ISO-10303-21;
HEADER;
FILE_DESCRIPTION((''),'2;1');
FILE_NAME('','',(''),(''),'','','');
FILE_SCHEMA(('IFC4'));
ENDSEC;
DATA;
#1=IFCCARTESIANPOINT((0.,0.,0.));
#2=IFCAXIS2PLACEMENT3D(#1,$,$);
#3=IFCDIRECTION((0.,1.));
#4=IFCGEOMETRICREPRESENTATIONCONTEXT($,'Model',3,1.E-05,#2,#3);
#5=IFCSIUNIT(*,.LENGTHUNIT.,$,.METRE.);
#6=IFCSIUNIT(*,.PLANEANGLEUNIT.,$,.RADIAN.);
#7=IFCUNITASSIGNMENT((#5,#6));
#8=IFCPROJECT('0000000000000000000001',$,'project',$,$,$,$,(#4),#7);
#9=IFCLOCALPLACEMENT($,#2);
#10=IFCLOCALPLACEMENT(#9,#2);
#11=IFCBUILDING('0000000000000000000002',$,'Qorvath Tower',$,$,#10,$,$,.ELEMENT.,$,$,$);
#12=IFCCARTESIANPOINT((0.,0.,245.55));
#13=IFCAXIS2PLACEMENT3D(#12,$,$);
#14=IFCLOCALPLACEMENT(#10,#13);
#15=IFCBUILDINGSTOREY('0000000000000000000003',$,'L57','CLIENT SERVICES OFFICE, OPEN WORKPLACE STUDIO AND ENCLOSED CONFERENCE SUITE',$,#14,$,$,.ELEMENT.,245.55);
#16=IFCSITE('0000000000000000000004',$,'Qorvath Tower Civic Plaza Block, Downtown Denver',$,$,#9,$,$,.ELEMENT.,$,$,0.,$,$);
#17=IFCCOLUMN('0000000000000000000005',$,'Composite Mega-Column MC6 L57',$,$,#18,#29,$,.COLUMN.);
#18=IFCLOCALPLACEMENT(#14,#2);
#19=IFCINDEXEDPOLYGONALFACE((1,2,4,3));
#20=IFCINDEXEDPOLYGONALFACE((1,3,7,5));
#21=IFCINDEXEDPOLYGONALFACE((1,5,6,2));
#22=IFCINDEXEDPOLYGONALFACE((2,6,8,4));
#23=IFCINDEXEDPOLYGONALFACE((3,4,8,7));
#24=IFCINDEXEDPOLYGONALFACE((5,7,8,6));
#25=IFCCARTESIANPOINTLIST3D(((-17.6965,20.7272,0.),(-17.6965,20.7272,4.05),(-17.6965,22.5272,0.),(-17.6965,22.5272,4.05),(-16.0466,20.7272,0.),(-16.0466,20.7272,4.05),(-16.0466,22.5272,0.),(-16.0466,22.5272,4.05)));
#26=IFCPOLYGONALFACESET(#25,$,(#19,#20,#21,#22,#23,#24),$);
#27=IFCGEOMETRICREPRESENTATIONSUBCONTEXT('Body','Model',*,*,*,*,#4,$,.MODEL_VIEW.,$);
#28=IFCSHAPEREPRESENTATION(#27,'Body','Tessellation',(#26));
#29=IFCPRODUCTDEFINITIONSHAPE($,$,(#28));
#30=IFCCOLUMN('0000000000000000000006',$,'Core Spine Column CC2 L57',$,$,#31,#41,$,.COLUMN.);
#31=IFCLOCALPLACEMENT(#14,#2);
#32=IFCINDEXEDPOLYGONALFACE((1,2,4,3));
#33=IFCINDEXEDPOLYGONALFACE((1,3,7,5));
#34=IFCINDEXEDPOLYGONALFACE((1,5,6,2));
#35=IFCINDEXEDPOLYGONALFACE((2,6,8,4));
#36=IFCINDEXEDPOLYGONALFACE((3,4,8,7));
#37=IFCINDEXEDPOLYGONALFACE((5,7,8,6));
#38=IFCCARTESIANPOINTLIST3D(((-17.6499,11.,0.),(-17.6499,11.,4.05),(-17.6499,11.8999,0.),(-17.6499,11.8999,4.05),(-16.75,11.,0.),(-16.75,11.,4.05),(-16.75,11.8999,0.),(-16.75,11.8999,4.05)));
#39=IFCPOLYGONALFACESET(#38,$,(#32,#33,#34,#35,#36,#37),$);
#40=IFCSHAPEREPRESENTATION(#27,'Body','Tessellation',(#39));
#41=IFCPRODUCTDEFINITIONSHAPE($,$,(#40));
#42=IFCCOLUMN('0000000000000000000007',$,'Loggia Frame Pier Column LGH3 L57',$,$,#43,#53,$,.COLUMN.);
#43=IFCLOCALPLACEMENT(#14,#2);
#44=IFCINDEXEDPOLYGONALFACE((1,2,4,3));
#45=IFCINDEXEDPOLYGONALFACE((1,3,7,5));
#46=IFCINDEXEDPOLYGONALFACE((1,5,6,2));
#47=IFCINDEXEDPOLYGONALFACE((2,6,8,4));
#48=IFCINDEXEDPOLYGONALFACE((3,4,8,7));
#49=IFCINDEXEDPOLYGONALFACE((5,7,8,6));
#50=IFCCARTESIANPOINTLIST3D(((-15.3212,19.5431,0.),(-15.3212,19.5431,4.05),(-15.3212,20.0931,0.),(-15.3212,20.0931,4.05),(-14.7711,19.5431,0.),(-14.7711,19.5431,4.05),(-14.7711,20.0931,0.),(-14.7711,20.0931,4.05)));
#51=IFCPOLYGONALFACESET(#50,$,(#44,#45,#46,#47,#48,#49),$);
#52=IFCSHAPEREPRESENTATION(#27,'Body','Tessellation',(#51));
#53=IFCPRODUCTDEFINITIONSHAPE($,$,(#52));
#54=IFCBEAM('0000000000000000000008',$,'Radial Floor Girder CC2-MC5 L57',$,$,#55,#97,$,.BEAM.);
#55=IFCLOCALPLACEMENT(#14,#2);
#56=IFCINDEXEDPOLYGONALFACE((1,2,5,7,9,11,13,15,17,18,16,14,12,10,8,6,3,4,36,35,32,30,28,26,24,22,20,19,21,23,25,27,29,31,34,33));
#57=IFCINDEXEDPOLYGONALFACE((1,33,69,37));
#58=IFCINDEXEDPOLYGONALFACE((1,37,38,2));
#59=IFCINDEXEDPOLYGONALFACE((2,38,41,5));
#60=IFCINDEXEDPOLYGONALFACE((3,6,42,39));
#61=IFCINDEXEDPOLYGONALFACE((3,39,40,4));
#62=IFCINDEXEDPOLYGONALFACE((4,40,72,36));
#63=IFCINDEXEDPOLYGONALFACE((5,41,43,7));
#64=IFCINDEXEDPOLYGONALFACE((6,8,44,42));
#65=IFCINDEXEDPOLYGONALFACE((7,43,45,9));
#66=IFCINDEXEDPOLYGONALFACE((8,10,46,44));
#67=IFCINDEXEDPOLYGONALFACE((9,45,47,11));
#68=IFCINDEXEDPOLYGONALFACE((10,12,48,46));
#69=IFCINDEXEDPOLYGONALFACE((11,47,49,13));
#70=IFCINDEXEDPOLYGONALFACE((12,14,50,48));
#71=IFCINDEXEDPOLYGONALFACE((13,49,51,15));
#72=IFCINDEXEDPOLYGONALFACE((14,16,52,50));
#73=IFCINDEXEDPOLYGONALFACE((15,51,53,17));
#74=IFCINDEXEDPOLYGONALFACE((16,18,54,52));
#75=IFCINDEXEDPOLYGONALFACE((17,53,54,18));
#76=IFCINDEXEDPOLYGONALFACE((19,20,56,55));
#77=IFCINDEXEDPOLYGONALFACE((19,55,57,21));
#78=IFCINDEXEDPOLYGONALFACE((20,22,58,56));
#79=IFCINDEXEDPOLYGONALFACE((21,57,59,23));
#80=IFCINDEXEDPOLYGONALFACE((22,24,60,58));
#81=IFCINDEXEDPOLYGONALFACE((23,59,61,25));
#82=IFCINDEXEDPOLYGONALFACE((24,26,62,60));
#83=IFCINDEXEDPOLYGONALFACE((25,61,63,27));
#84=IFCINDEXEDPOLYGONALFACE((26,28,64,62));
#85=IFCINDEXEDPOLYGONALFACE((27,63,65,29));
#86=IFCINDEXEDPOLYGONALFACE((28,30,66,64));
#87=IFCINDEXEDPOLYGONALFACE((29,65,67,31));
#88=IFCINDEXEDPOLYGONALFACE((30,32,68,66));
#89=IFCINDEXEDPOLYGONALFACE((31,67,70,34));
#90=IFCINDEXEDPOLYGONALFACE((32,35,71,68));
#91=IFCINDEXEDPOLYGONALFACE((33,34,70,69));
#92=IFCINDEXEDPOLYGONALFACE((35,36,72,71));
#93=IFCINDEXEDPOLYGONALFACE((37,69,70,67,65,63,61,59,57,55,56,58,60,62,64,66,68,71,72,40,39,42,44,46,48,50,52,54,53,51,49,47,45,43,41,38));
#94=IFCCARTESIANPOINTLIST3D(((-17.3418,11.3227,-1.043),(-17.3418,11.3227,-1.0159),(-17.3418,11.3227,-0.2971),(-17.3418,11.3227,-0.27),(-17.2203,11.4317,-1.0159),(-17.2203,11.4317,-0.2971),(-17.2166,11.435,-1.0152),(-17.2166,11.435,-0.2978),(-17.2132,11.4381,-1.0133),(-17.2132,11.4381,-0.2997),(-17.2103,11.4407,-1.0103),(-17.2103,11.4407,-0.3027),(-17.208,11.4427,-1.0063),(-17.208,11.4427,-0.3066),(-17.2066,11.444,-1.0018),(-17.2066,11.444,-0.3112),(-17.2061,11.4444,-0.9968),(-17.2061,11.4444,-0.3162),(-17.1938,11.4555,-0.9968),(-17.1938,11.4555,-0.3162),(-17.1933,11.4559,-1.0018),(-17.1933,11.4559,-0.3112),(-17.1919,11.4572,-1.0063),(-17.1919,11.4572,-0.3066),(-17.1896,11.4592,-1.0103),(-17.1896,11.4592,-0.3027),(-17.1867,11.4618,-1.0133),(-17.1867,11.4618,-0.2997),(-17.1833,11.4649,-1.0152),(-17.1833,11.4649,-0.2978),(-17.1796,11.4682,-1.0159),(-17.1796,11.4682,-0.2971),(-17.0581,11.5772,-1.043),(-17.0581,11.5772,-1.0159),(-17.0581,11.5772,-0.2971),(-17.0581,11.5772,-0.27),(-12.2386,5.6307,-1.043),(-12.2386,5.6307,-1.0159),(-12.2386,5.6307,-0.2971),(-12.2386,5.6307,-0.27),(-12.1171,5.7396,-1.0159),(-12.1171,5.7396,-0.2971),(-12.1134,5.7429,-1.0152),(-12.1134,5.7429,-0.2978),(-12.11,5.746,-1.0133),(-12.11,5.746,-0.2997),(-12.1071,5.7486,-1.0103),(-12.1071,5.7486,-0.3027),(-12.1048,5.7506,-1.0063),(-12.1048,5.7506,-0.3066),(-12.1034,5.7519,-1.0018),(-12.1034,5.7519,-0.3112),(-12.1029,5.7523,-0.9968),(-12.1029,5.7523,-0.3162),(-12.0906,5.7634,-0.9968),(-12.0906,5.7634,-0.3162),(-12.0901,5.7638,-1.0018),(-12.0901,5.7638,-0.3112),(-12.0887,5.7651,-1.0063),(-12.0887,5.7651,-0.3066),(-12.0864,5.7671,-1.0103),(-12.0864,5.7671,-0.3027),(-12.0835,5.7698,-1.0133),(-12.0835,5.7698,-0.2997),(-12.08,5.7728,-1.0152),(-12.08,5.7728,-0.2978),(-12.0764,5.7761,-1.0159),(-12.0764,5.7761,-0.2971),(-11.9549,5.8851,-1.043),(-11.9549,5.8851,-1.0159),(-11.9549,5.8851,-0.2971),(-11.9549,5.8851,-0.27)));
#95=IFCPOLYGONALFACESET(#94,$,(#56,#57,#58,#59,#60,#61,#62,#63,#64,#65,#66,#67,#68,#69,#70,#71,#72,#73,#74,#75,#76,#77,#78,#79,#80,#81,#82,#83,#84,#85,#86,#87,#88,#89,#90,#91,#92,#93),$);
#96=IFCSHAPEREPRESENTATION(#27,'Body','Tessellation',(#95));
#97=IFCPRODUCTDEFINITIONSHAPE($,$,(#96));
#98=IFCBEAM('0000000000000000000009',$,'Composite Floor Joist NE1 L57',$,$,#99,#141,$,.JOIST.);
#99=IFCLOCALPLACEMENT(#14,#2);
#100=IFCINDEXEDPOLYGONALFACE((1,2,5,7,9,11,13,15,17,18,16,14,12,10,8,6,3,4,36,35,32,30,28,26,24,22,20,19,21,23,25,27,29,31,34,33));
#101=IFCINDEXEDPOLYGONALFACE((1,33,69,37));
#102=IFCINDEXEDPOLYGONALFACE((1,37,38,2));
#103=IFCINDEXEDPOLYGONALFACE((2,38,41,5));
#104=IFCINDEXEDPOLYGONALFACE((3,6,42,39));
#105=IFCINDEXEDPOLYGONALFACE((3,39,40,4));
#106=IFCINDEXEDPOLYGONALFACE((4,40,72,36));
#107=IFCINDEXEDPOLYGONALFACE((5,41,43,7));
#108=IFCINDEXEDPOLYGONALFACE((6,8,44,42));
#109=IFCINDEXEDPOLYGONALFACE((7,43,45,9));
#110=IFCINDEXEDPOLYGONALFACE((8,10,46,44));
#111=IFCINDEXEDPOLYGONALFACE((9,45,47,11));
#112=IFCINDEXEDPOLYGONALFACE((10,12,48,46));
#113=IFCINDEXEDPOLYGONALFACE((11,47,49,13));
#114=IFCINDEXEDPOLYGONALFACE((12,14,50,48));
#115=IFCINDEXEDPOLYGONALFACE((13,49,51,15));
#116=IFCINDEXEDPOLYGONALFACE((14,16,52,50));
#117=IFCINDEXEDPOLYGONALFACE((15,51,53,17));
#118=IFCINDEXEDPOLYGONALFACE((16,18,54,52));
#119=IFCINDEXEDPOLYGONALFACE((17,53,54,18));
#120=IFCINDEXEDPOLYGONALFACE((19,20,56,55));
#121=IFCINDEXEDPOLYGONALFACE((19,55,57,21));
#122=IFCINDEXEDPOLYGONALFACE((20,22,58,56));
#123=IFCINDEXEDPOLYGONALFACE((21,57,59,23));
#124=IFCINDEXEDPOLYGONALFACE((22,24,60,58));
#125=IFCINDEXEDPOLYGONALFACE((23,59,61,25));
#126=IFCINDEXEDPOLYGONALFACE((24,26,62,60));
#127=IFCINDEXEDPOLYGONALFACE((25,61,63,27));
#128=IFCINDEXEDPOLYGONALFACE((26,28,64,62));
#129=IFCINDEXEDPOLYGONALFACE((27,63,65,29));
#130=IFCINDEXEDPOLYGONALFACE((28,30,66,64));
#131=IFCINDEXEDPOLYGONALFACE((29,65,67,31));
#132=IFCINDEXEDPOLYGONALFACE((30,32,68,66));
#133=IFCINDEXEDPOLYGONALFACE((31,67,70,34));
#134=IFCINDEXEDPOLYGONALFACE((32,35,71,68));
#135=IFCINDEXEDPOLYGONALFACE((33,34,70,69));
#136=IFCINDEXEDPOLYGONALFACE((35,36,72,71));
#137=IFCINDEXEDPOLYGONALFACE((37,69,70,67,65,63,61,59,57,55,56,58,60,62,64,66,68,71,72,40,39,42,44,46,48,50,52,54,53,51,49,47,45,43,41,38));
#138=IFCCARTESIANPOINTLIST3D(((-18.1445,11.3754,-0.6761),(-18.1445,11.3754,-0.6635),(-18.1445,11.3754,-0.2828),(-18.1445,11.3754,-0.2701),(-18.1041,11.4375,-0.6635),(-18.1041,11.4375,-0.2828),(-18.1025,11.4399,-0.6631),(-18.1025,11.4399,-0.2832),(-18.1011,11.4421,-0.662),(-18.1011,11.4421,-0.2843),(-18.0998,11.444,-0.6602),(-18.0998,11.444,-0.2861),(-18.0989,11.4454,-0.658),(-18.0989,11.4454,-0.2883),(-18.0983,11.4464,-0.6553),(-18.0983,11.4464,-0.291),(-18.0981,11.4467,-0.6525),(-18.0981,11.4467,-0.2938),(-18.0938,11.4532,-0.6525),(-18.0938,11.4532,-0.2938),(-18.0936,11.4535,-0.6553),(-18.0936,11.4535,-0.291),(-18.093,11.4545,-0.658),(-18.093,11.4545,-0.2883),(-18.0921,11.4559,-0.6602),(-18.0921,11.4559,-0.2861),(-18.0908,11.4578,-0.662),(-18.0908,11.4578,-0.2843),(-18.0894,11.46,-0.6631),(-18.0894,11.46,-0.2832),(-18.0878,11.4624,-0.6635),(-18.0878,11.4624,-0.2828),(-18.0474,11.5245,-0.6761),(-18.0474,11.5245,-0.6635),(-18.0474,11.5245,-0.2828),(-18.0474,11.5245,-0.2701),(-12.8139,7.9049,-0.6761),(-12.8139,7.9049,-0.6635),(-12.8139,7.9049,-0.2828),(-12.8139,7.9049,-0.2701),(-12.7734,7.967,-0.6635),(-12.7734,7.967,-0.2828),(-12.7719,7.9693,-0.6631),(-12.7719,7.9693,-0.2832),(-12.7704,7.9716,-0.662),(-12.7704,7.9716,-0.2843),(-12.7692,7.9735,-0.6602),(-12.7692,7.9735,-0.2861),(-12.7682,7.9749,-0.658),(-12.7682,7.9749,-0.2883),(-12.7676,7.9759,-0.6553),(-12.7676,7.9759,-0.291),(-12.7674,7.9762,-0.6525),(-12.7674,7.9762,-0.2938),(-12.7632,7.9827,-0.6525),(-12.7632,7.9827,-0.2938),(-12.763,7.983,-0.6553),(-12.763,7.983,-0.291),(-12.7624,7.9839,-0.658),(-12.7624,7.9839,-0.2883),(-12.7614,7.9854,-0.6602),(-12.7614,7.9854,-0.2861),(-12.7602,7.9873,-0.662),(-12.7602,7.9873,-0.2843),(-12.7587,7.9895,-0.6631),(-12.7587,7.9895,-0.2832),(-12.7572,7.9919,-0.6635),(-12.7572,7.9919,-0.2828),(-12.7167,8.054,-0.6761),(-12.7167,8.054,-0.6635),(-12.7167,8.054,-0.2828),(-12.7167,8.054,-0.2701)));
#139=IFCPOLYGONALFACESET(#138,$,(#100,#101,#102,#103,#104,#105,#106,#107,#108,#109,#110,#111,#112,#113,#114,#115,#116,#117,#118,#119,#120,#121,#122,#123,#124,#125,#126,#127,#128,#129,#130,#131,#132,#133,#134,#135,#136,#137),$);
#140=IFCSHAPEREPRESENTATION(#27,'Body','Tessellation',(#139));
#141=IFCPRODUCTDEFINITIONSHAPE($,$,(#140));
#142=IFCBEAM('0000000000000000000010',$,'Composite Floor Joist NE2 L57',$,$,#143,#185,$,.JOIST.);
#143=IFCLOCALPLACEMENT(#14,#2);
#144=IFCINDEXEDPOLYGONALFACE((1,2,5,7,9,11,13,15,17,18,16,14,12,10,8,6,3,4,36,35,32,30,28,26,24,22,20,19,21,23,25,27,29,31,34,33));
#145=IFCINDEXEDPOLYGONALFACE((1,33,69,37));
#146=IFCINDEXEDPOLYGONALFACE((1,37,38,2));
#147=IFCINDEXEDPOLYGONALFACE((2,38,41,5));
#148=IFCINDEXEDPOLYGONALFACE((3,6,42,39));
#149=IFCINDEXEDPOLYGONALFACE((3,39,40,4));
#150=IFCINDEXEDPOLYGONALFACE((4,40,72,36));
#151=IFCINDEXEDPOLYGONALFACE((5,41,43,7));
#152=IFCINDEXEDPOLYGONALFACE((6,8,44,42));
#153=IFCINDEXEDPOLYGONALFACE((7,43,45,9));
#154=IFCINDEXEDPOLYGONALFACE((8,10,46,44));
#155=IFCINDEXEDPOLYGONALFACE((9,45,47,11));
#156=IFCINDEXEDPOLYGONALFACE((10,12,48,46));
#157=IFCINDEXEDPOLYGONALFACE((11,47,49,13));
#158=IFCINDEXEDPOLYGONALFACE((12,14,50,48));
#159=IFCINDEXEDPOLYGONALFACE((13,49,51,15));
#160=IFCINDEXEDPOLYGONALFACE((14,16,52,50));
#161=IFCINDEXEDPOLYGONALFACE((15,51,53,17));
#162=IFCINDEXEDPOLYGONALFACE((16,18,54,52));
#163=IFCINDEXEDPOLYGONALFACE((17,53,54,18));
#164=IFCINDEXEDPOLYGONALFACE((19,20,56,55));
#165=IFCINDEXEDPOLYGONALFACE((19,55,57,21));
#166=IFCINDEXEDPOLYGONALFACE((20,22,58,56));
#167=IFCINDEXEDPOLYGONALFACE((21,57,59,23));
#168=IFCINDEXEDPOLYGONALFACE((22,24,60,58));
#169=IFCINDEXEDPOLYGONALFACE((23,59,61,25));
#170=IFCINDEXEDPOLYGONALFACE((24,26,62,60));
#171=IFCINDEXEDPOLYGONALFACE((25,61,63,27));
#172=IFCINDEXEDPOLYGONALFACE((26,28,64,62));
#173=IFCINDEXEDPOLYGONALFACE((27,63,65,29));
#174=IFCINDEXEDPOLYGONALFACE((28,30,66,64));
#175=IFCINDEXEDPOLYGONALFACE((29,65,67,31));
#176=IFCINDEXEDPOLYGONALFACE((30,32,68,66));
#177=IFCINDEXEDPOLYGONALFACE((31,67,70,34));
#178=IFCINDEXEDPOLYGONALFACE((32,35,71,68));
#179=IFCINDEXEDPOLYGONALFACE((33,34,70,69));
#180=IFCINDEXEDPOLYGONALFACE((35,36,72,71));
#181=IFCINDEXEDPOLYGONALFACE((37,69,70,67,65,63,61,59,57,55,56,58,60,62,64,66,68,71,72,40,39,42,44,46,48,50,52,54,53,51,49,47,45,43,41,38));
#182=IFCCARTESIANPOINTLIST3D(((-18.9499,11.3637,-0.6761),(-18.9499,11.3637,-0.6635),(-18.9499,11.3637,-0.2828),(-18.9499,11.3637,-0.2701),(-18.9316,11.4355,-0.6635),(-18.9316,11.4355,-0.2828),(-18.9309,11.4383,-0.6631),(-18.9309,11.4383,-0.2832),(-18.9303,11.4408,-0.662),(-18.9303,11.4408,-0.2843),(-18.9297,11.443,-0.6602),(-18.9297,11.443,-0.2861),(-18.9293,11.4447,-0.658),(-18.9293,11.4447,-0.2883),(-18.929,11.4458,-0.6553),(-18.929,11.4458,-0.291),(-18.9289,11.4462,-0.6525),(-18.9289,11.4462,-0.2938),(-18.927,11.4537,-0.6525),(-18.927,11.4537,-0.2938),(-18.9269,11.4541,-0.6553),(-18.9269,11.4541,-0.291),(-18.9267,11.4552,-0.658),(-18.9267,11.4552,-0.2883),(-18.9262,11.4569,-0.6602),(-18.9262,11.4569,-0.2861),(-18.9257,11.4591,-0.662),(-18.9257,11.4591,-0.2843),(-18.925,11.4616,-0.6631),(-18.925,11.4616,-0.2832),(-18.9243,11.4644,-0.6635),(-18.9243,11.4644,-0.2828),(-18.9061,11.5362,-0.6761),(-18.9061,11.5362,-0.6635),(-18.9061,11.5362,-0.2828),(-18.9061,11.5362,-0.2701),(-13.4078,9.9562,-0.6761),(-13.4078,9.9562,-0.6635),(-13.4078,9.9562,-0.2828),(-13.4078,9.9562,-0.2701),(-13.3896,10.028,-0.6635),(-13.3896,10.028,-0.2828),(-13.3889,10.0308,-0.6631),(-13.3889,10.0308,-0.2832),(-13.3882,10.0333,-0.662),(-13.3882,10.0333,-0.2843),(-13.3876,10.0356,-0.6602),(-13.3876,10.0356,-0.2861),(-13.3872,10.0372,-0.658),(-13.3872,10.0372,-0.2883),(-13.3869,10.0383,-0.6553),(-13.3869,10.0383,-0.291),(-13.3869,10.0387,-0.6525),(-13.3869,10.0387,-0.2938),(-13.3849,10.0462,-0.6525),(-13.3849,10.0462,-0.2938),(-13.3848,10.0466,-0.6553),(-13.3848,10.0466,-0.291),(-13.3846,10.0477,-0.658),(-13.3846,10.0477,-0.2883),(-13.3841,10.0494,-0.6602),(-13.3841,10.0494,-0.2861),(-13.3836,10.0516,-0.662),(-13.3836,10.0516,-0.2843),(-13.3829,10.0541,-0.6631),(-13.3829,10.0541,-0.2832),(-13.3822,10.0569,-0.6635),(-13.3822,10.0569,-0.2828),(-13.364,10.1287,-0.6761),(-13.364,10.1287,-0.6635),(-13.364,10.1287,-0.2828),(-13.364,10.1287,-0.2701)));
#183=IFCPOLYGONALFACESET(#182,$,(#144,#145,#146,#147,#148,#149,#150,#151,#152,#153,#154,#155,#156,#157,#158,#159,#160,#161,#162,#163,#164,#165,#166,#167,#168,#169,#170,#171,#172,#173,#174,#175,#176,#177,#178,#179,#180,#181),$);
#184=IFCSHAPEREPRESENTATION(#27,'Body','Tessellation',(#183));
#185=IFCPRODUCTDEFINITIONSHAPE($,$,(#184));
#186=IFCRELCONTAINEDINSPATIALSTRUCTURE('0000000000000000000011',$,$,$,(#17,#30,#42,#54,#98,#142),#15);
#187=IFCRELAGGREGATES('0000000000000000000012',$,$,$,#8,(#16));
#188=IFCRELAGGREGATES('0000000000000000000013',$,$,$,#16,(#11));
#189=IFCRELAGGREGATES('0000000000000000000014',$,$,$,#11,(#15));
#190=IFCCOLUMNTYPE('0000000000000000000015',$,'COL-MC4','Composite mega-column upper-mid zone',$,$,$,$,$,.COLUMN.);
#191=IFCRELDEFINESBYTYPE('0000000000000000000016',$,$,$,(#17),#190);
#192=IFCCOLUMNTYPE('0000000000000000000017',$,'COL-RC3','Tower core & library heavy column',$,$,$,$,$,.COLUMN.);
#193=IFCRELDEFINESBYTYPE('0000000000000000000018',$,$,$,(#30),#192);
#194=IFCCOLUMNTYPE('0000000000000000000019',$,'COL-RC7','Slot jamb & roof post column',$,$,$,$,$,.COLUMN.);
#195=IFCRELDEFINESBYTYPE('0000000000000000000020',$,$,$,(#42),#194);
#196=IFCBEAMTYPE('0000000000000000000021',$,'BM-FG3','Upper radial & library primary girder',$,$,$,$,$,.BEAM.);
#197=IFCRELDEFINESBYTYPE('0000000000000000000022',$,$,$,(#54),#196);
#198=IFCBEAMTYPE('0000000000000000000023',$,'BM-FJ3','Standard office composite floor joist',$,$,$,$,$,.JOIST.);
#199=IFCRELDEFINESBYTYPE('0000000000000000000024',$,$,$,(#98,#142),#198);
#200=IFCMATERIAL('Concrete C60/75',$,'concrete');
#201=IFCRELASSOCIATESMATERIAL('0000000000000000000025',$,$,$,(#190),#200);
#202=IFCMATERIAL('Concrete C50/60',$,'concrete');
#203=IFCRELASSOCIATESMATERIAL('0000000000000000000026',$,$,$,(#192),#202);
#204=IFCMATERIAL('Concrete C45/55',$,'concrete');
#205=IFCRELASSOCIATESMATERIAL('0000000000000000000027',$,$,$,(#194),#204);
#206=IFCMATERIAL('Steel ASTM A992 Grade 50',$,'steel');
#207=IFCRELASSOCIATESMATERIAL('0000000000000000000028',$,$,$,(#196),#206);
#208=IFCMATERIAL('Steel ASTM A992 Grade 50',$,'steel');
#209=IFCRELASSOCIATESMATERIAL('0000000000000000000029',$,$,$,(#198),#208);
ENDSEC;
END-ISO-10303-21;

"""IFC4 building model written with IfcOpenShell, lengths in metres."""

from ifc_helpers import new_model, si_unit, direction, frame, origin, origin_2d, place, context, subcontext, project, spatial, rectangle, i_section, extrude, material, material_profile, profile_set, type_object, element, save


model = new_model("IFC4")

# Units and contexts
model_context = context("Model", 3, precision=1e-05, world=origin(), true_north=direction((0.0, 1.0)))
body_context = subcontext(model_context, "Body", "Model", "MODEL_VIEW")
ifc_project = project(units=[si_unit("LENGTHUNIT", "METRE"), si_unit("PLANEANGLEUNIT", "RADIAN")], contexts=[model_context])

# Site, building, storey
site_placement = place(None, origin())
site = spatial("IfcSite", under=ifc_project, at=site_placement, Name="Qorvath Tower Civic Plaza Block, Downtown Denver", CompositionType="ELEMENT", RefElevation=0.0)
building_placement = place(site_placement, origin())
building = spatial("IfcBuilding", under=site, at=building_placement, Name="Qorvath Tower", CompositionType="ELEMENT")
storey_placement = place(building_placement, frame((0.0, 0.0, 245.55)))
storey = spatial("IfcBuildingStorey", under=building, at=storey_placement, Name="L57", Description="CLIENT SERVICES OFFICE, OPEN WORKPLACE STUDIO AND ENCLOSED CONFERENCE SUITE", CompositionType="ELEMENT", Elevation=245.55)

# Columns
ifc_material_1 = material(Name="Concrete C60/75", Category="concrete")
ifc_material_profile_1 = material_profile(ifc_material_1, rectangle(XDim=1.6499, YDim=1.8, at=origin_2d()), Name="MC 1800x1650")
ifc_profile_set_1 = profile_set([ifc_material_profile_1], Name="Concrete C60/75")
column_type_1 = type_object("IfcColumnType", Name="COL-MC4", Description="Composite mega-column upper-mid zone", PredefinedType="COLUMN", material=ifc_profile_set_1)
column_1_placement = place(storey_placement, frame((-16.8716, 21.6272, 0.0), z_axis=(0.0, 0.0, 1.0), x_axis=(1.0, 0.0, 0.0)))
element("IfcColumn", 1, at=column_1_placement, inside=storey, type_object=column_type_1, Name="Composite Mega-Column MC6 L57", PredefinedType="COLUMN", context=body_context, shape_type="SweptSolid", body=[
    extrude(rectangle(XDim=1.6499, YDim=1.8, at=origin_2d()), origin(), (0.0, 0.0, 1.0), 4.05),
])
ifc_material_2 = material(Name="Concrete C50/60", Category="concrete")
ifc_material_profile_2 = material_profile(ifc_material_2, rectangle(XDim=0.8999, YDim=0.8999, at=origin_2d()), Name="RC 900x900")
ifc_profile_set_2 = profile_set([ifc_material_profile_2], Name="Concrete C50/60")
column_type_2 = type_object("IfcColumnType", Name="COL-RC3", Description="Tower core & library heavy column", PredefinedType="COLUMN", material=ifc_profile_set_2)
column_2_placement = place(storey_placement, frame((-17.2, 11.45, 0.0), z_axis=(0.0, 0.0, 1.0), x_axis=(1.0, 0.0, 0.0)))
element("IfcColumn", 2, at=column_2_placement, inside=storey, type_object=column_type_2, Name="Core Spine Column CC2 L57", PredefinedType="COLUMN", context=body_context, shape_type="SweptSolid", body=[
    extrude(rectangle(XDim=0.8999, YDim=0.8999, at=origin_2d()), origin(), (0.0, 0.0, 1.0), 4.05),
])
ifc_material_3 = material(Name="Concrete C45/55", Category="concrete")
ifc_material_profile_3 = material_profile(ifc_material_3, rectangle(XDim=0.55, YDim=0.55, at=origin_2d()), Name="RC 550x550")
ifc_profile_set_3 = profile_set([ifc_material_profile_3], Name="Concrete C45/55")
column_type_3 = type_object("IfcColumnType", Name="COL-RC7", Description="Slot jamb & roof post column", PredefinedType="COLUMN", material=ifc_profile_set_3)
column_3_placement = place(storey_placement, frame((-15.0461, 19.8181, 0.0), z_axis=(0.0, 0.0, 1.0), x_axis=(1.0, 0.0, 0.0)))
element("IfcColumn", 3, at=column_3_placement, inside=storey, type_object=column_type_3, Name="Loggia Frame Pier Column LGH3 L57", PredefinedType="COLUMN", context=body_context, shape_type="SweptSolid", body=[
    extrude(rectangle(XDim=0.55, YDim=0.55, at=origin_2d()), origin(), (0.0, 0.0, 1.0), 4.05),
])

# Beams
ifc_material_4 = material(Name="Steel ASTM A992 Grade 50", Category="steel")
ifc_material_profile_4 = material_profile(ifc_material_4, i_section(OverallWidth=0.3811, OverallDepth=0.7729, WebThickness=0.0166, FlangeThickness=0.0271, FilletRadius=0.019, at=origin_2d()), Name="W30x173")
ifc_profile_set_4 = profile_set([ifc_material_profile_4], Name="Steel ASTM A992 Grade 50")
beam_type_1 = type_object("IfcBeamType", Name="BM-FG3", Description="Upper radial & library primary girder", PredefinedType="BEAM", material=ifc_profile_set_4)
beam_1_placement = place(storey_placement, frame((-17.2, 11.45, -0.6565), z_axis=(0.667543, -0.744571, 0.0), x_axis=(0.744571, 0.667543, 0.0)))
element("IfcBeam", 4, at=beam_1_placement, inside=storey, type_object=beam_type_1, Name="Radial Floor Girder CC2-MC5 L57", PredefinedType="BEAM", context=body_context, shape_type="SweptSolid", body=[
    extrude(i_section(OverallWidth=0.3811, OverallDepth=0.7729, WebThickness=0.0166, FlangeThickness=0.0271, FilletRadius=0.019, at=origin_2d()), origin(), (0.0, 0.0, 1.0), 7.6448),
])
ifc_material_5 = material(Name="Steel ASTM A992 Grade 50", Category="steel")
ifc_material_profile_5 = material_profile(ifc_material_5, i_section(OverallWidth=0.178, OverallDepth=0.406, WebThickness=0.0078, FlangeThickness=0.0127, FilletRadius=0.011, at=origin_2d()), Name="W16x40")
ifc_profile_set_5 = profile_set([ifc_material_profile_5], Name="Steel ASTM A992 Grade 50")
beam_type_2 = type_object("IfcBeamType", Name="BM-FJ3", Description="Standard office composite floor joist", PredefinedType="JOIST", material=ifc_profile_set_5)
beam_2_placement = place(storey_placement, frame((-18.0959, 11.45, -0.4731), z_axis=(0.838042, -0.545606, 0.0), x_axis=(0.545606, 0.838042, 0.0)))
element("IfcBeam", 5, at=beam_2_placement, inside=storey, type_object=beam_type_2, Name="Composite Floor Joist NE1 L57", PredefinedType="JOIST", context=body_context, shape_type="SweptSolid", body=[
    extrude(i_section(OverallWidth=0.178, OverallDepth=0.406, WebThickness=0.0078, FlangeThickness=0.0127, FilletRadius=0.011, at=origin_2d()), origin(), (0.0, 0.0, 1.0), 6.3608),
])
beam_3_placement = place(storey_placement, frame((-18.928, 11.45, -0.4731), z_axis=(0.969232, -0.246151, 0.0), x_axis=(0.246151, 0.969232, 0.0)))
element("IfcBeam", 6, at=beam_3_placement, inside=storey, type_object=beam_type_2, Name="Composite Floor Joist NE2 L57", PredefinedType="JOIST", context=body_context, shape_type="SweptSolid", body=[
    extrude(i_section(OverallWidth=0.178, OverallDepth=0.406, WebThickness=0.0078, FlangeThickness=0.0127, FilletRadius=0.011, at=origin_2d()), origin(), (0.0, 0.0, 1.0), 5.718),
])

save(model, "model.ifc")
